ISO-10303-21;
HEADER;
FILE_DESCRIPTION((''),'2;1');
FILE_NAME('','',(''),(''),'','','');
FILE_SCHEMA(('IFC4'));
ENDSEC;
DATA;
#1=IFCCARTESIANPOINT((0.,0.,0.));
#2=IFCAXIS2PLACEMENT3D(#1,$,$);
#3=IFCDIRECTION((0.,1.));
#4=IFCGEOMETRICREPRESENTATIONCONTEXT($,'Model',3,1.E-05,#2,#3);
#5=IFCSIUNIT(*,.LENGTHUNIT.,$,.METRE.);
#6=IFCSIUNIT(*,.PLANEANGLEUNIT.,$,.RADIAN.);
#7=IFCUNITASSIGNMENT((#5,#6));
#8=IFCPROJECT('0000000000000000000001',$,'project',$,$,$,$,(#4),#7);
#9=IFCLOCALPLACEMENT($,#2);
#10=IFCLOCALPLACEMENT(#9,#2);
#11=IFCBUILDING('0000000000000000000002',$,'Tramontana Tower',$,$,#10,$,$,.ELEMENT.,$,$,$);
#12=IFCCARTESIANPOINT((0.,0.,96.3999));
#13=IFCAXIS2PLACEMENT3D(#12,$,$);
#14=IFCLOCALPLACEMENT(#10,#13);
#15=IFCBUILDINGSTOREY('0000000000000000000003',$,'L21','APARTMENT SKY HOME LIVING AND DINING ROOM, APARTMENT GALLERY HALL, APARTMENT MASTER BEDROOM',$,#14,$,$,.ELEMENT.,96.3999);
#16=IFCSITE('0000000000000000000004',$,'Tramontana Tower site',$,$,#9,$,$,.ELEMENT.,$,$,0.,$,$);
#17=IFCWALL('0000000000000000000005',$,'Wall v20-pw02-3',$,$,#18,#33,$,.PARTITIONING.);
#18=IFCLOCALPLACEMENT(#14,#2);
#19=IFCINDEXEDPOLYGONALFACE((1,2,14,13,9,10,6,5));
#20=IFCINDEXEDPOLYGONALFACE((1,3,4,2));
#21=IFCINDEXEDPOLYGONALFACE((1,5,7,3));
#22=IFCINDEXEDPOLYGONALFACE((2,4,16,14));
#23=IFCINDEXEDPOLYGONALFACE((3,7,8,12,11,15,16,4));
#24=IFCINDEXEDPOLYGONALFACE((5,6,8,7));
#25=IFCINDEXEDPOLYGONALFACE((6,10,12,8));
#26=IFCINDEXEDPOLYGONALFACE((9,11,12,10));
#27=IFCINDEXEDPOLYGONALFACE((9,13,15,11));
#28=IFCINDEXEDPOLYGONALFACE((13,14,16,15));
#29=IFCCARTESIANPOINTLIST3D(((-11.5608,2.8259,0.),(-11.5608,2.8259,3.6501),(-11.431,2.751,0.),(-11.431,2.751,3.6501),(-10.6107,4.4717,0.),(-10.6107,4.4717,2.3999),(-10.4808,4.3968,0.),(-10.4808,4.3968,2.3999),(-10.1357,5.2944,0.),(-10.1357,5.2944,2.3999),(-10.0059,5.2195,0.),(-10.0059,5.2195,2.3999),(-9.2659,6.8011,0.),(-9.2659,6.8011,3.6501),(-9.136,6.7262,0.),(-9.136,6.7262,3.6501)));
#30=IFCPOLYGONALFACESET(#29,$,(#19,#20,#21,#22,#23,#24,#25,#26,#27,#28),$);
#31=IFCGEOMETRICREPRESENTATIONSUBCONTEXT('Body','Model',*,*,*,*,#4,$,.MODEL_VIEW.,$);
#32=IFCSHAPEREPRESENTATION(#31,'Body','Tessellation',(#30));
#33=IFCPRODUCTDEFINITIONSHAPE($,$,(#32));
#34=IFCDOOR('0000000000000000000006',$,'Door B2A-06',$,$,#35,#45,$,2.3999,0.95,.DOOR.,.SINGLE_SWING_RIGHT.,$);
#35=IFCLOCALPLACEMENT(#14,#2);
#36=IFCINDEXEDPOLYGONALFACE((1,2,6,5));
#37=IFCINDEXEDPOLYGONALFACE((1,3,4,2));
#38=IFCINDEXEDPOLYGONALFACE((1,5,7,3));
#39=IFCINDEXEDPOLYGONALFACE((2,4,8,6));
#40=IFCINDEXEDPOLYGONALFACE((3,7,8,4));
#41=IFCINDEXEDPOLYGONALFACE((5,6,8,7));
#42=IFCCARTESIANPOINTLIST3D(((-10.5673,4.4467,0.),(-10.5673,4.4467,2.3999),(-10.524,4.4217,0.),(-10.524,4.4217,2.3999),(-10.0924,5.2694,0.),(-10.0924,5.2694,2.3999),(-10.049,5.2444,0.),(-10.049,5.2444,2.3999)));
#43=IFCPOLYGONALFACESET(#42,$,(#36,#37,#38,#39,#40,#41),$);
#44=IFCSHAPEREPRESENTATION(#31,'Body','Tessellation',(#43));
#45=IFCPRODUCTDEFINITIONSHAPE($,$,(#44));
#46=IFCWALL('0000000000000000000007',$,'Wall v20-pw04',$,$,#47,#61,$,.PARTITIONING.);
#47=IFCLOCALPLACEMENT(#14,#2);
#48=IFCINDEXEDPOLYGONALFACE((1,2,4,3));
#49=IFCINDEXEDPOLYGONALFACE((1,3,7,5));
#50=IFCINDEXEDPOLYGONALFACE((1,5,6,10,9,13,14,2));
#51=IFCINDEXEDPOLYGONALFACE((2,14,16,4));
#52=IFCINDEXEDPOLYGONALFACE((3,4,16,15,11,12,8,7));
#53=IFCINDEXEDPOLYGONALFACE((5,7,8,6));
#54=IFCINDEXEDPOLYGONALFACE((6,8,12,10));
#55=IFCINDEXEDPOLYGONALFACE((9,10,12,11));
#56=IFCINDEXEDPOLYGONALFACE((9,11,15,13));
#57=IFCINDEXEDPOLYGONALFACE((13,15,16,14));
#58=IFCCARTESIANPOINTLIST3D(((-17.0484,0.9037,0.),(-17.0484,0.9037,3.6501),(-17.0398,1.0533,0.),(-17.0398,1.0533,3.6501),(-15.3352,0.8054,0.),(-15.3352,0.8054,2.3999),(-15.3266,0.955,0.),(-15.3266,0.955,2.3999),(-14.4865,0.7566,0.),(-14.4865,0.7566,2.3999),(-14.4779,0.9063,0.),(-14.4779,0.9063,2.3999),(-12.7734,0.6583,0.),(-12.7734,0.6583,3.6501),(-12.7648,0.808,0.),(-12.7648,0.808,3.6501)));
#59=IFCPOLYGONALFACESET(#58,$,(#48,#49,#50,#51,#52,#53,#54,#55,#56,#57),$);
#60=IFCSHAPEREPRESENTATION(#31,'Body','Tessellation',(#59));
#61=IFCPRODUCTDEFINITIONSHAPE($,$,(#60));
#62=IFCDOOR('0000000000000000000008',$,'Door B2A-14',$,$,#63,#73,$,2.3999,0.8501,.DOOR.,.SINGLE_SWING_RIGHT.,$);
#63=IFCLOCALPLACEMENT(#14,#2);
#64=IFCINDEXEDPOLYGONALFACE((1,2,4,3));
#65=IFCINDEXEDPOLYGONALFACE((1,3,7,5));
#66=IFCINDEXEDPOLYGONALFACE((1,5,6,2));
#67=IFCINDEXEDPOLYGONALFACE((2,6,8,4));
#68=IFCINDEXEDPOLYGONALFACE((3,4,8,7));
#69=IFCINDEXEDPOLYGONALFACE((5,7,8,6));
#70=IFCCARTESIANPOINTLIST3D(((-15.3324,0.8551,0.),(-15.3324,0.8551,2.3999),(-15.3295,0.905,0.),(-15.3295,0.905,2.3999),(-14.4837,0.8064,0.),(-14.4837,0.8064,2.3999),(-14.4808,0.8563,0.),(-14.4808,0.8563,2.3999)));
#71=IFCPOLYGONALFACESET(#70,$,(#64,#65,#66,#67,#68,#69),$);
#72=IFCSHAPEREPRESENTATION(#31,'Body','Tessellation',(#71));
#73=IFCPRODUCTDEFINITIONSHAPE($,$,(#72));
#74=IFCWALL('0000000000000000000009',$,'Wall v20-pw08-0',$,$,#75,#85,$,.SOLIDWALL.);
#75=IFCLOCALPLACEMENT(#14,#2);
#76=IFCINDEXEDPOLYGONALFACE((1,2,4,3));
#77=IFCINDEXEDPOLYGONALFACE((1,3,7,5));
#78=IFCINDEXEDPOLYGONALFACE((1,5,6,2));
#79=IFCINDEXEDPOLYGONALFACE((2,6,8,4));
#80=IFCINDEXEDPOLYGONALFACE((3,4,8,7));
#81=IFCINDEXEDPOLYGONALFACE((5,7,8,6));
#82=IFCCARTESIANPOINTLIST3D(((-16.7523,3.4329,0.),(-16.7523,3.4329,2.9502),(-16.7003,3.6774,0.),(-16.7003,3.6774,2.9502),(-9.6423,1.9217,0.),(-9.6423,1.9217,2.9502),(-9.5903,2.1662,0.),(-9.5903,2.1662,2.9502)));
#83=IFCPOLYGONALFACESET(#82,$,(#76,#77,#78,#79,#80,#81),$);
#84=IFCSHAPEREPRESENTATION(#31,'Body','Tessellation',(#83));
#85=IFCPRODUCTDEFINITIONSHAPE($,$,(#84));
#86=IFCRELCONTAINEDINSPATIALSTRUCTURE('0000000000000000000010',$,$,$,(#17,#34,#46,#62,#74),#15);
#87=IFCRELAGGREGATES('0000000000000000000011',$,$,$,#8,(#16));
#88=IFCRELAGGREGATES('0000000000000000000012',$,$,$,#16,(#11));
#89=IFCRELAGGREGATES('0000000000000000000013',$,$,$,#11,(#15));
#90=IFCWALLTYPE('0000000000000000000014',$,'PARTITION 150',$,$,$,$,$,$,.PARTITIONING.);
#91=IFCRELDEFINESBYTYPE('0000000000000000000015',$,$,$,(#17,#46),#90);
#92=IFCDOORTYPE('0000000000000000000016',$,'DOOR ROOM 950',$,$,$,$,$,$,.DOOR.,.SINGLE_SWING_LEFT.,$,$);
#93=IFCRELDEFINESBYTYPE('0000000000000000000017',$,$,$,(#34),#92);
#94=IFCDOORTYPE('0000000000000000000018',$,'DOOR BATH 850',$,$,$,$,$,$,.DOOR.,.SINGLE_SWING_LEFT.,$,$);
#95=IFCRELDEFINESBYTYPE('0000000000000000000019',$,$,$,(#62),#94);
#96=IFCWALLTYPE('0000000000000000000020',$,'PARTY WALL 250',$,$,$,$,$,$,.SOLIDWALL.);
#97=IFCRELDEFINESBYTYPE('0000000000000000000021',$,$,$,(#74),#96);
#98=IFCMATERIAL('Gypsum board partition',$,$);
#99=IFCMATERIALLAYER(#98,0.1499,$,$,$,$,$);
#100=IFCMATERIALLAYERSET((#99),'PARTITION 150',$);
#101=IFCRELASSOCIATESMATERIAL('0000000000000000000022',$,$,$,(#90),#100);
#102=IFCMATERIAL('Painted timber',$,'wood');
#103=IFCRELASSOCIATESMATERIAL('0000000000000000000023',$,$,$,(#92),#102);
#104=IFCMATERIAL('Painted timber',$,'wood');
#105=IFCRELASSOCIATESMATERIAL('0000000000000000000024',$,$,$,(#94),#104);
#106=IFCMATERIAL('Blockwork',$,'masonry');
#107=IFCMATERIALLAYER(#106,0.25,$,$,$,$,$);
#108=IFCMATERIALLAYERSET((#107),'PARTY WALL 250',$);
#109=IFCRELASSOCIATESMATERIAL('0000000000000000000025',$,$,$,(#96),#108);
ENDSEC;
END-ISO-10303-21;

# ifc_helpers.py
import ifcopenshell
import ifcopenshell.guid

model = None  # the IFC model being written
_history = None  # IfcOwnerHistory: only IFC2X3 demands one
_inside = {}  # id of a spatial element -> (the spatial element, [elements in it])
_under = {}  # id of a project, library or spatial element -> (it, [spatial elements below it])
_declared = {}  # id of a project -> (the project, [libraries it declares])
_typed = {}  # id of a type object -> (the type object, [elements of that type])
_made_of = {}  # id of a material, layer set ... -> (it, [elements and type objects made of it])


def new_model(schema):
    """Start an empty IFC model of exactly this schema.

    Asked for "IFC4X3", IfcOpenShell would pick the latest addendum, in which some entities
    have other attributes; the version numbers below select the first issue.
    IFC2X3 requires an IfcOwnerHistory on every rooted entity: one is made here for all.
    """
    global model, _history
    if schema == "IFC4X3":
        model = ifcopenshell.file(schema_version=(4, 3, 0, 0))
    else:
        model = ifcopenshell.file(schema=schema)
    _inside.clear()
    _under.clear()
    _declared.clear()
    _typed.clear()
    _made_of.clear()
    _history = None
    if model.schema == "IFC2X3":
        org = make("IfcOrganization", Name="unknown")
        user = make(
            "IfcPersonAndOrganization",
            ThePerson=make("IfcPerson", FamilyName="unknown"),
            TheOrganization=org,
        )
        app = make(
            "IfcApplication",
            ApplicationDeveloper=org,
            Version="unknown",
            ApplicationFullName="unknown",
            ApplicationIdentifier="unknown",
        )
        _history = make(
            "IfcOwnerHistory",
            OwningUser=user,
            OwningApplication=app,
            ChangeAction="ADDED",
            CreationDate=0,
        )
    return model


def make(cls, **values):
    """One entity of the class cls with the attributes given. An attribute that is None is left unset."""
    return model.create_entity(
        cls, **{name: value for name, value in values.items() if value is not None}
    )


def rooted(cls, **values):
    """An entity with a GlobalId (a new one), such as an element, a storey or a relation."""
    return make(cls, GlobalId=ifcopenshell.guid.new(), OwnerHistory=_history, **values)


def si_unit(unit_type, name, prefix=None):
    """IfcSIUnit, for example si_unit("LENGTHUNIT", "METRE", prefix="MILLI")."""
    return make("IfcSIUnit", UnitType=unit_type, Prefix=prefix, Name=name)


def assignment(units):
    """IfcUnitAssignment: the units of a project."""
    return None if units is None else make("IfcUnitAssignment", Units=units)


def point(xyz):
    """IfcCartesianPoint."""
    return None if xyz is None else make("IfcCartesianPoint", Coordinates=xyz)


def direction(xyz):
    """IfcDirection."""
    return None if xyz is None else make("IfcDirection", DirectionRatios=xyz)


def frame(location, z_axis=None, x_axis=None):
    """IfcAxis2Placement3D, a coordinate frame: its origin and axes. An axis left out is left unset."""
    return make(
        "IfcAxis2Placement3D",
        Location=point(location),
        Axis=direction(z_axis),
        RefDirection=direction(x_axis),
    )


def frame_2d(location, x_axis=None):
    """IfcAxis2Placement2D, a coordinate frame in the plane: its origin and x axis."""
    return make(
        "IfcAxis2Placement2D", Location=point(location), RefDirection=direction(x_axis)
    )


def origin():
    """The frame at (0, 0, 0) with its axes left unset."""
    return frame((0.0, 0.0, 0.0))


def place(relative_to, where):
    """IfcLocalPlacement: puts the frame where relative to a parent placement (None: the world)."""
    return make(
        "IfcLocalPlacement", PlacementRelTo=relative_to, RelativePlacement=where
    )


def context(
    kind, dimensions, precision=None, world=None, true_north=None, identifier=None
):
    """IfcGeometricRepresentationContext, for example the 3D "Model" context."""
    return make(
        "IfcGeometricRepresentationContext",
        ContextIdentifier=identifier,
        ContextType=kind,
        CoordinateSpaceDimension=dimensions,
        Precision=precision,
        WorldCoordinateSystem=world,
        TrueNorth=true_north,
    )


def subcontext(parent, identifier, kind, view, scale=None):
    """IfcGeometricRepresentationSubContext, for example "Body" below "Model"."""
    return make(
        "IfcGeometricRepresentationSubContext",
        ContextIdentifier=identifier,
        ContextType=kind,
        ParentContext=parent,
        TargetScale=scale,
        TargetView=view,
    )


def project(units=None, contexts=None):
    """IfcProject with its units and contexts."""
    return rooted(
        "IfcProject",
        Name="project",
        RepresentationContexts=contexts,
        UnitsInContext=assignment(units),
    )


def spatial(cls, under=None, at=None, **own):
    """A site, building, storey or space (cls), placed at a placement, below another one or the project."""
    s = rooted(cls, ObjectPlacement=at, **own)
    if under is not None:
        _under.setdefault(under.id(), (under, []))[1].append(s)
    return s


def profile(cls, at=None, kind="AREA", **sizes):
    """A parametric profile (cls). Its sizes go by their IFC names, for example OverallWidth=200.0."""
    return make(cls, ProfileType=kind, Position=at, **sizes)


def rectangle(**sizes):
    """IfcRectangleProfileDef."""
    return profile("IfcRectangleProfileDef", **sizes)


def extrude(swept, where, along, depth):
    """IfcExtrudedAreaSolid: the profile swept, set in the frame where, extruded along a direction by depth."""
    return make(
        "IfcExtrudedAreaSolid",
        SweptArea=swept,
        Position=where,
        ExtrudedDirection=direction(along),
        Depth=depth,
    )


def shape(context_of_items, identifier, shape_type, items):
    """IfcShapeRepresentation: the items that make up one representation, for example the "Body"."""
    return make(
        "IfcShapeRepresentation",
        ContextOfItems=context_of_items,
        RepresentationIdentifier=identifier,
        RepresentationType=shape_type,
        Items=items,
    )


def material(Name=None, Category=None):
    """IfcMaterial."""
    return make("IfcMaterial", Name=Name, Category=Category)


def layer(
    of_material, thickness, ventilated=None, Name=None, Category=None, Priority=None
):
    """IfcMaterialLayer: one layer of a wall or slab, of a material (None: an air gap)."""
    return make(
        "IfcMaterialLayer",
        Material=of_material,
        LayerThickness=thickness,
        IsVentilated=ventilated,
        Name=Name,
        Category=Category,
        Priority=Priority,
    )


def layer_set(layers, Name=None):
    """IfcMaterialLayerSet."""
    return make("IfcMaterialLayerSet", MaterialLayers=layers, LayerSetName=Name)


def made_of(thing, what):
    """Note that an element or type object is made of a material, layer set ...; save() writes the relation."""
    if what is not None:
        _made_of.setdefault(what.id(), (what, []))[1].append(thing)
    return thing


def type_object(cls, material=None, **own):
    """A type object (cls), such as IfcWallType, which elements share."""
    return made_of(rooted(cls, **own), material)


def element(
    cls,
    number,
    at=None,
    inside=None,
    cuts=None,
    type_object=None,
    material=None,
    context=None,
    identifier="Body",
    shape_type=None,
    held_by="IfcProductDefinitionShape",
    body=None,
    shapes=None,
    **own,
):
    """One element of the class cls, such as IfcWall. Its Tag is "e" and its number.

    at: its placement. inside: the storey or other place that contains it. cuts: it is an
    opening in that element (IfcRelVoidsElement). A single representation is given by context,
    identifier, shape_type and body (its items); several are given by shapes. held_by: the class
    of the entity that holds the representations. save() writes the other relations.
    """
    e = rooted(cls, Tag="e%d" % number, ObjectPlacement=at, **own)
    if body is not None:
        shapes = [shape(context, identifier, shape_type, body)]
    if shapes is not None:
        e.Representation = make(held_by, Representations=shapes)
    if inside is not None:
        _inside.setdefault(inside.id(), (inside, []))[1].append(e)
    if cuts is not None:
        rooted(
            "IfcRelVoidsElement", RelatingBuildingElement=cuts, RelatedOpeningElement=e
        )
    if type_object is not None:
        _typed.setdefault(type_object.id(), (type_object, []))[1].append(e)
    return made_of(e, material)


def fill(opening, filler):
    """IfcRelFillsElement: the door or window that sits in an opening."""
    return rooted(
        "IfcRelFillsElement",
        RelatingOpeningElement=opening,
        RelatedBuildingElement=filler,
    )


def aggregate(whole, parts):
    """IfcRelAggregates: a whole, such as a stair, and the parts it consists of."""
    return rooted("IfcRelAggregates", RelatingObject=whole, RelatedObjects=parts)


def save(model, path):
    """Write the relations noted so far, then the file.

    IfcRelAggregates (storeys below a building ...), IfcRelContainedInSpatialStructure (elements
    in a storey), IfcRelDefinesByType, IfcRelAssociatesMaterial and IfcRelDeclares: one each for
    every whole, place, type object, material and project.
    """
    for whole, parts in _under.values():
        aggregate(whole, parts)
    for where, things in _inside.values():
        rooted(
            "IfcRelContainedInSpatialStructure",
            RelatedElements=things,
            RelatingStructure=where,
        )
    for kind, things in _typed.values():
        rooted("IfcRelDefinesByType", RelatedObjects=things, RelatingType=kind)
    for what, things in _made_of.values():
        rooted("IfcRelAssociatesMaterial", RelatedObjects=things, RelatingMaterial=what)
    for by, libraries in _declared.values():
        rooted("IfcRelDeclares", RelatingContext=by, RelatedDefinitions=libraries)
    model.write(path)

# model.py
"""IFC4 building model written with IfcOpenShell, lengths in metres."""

from ifc_helpers import new_model, si_unit, direction, frame, frame_2d, origin, place, context, subcontext, project, spatial, rectangle, extrude, material, layer, layer_set, type_object, element, fill, save


model = new_model("IFC4")

# Units and contexts
model_context = context("Model", 3, precision=1e-05, world=origin(), true_north=direction((0.0, 1.0)))
body_context = subcontext(model_context, "Body", "Model", "MODEL_VIEW")
ifc_project = project(units=[si_unit("LENGTHUNIT", "METRE"), si_unit("PLANEANGLEUNIT", "RADIAN")], contexts=[model_context])

# Site, building, storey
site_placement = place(None, origin())
site = spatial("IfcSite", under=ifc_project, at=site_placement, Name="Tramontana Tower site", CompositionType="ELEMENT", RefElevation=0.0)
building_placement = place(site_placement, origin())
building = spatial("IfcBuilding", under=site, at=building_placement, Name="Tramontana Tower", CompositionType="ELEMENT")
storey_placement = place(building_placement, frame((0.0, 0.0, 96.3999)))
storey = spatial("IfcBuildingStorey", under=building, at=storey_placement, Name="L21", Description="APARTMENT SKY HOME LIVING AND DINING ROOM, APARTMENT GALLERY HALL, APARTMENT MASTER BEDROOM", CompositionType="ELEMENT", Elevation=96.3999)

# Shared definitions
ifc_material_1 = material(Name="Gypsum board partition")
ifc_layer_1 = layer(ifc_material_1, 0.1499)
ifc_layer_set_1 = layer_set([ifc_layer_1], Name="PARTITION 150")
wall_type_1 = type_object("IfcWallType", Name="PARTITION 150", PredefinedType="PARTITIONING", material=ifc_layer_set_1)

# Walls, openings, doors
wall_1_placement = place(storey_placement, frame((-11.4958, 2.7886, 0.0), z_axis=(0.0, 0.0, 1.0), x_axis=(0.499983, 0.866035, 0.0)))
wall_1 = element("IfcWall", 1, at=wall_1_placement, inside=storey, type_object=wall_type_1, Name="Wall v20-pw02-3", PredefinedType="PARTITIONING", context=body_context, shape_type="SweptSolid", body=[
    extrude(rectangle(XDim=4.5901, YDim=0.1499, at=frame_2d((2.2949, 0.0))), origin(), (0.0, 0.0, 1.0), 3.6501),
])
opening_1_placement = place(wall_1_placement, frame((1.9001, 0.0, 0.0)))
opening_1 = element("IfcOpeningElement", 2, at=opening_1_placement, cuts=wall_1, PredefinedType="OPENING", context=body_context, shape_type="SweptSolid", body=[
    extrude(rectangle(XDim=0.95, YDim=2.3999, at=frame_2d((0.4751, 1.2))), frame((0.0, 0.085, 0.0), z_axis=(0.0, -1.0, 0.0), x_axis=(1.0, 0.0, 0.0)), (0.0, 0.0, 1.0), 0.1699),
])
ifc_material_2 = material(Name="Painted timber", Category="wood")
door_type_1 = type_object("IfcDoorType", Name="DOOR ROOM 950", OperationType="SINGLE_SWING_LEFT", PredefinedType="DOOR", material=ifc_material_2)
door_1_placement = place(opening_1_placement, origin())
door_1 = element("IfcDoor", 3, at=door_1_placement, inside=storey, type_object=door_type_1, Name="Door B2A-06", OperationType="SINGLE_SWING_RIGHT", OverallHeight=2.3999, OverallWidth=0.95, PredefinedType="DOOR", context=body_context, shape_type="SweptSolid", body=[
    extrude(rectangle(XDim=0.95, YDim=2.3999, at=frame_2d((0.4751, 1.2))), frame((0.0, 0.0249, 0.0), z_axis=(0.0, -1.0, 0.0), x_axis=(1.0, 0.0, 0.0)), (0.0, 0.0, 1.0), 0.05),
])
fill(opening_1, door_1)
wall_2_placement = place(storey_placement, frame((-17.0442, 0.9785, 0.0), z_axis=(0.0, 0.0, 1.0), x_axis=(0.998357, -0.057301, 0.0)))
wall_2 = element("IfcWall", 4, at=wall_2_placement, inside=storey, type_object=wall_type_1, Name="Wall v20-pw04", PredefinedType="PARTITIONING", context=body_context, shape_type="SweptSolid", body=[
    extrude(rectangle(XDim=4.282, YDim=0.1499, at=frame_2d((2.1411, 0.0))), origin(), (0.0, 0.0, 1.0), 3.6501),
])
opening_2_placement = place(wall_2_placement, frame((1.7161, 0.0, 0.0)))
opening_2 = element("IfcOpeningElement", 5, at=opening_2_placement, cuts=wall_2, PredefinedType="OPENING", context=body_context, shape_type="SweptSolid", body=[
    extrude(rectangle(XDim=0.8501, YDim=2.3999, at=frame_2d((0.425, 1.2))), frame((0.0, 0.085, 0.0), z_axis=(0.0, -1.0, 0.0), x_axis=(1.0, 0.0, 0.0)), (0.0, 0.0, 1.0), 0.1699),
])
ifc_material_3 = material(Name="Painted timber", Category="wood")
door_type_2 = type_object("IfcDoorType", Name="DOOR BATH 850", OperationType="SINGLE_SWING_LEFT", PredefinedType="DOOR", material=ifc_material_3)
door_2_placement = place(opening_2_placement, origin())
door_2 = element("IfcDoor", 6, at=door_2_placement, inside=storey, type_object=door_type_2, Name="Door B2A-14", OperationType="SINGLE_SWING_RIGHT", OverallHeight=2.3999, OverallWidth=0.8501, PredefinedType="DOOR", context=body_context, shape_type="SweptSolid", body=[
    extrude(rectangle(XDim=0.8501, YDim=2.3999, at=frame_2d((0.425, 1.2))), frame((0.0, 0.0249, 0.0), z_axis=(0.0, -1.0, 0.0), x_axis=(1.0, 0.0, 0.0)), (0.0, 0.0, 1.0), 0.05),
])
fill(opening_2, door_2)

# Wall
ifc_material_4 = material(Name="Blockwork", Category="masonry")
ifc_layer_2 = layer(ifc_material_4, 0.25)
ifc_layer_set_2 = layer_set([ifc_layer_2], Name="PARTY WALL 250")
wall_type_2 = type_object("IfcWallType", Name="PARTY WALL 250", PredefinedType="SOLIDWALL", material=ifc_layer_set_2)
wall_3_placement = place(storey_placement, frame((-9.6165, 2.0439, 0.0), z_axis=(0.0, 0.0, 1.0), x_axis=(-0.978148, 0.207909, 0.0)))
element("IfcWall", 7, at=wall_3_placement, inside=storey, type_object=wall_type_2, Name="Wall v20-pw08-0", PredefinedType="SOLIDWALL", context=body_context, shape_type="SweptSolid", body=[
    extrude(rectangle(XDim=7.2688, YDim=0.25, at=frame_2d((3.6343, 0.0))), origin(), (0.0, 0.0, 1.0), 2.9502),
])

save(model, "model.ifc")
